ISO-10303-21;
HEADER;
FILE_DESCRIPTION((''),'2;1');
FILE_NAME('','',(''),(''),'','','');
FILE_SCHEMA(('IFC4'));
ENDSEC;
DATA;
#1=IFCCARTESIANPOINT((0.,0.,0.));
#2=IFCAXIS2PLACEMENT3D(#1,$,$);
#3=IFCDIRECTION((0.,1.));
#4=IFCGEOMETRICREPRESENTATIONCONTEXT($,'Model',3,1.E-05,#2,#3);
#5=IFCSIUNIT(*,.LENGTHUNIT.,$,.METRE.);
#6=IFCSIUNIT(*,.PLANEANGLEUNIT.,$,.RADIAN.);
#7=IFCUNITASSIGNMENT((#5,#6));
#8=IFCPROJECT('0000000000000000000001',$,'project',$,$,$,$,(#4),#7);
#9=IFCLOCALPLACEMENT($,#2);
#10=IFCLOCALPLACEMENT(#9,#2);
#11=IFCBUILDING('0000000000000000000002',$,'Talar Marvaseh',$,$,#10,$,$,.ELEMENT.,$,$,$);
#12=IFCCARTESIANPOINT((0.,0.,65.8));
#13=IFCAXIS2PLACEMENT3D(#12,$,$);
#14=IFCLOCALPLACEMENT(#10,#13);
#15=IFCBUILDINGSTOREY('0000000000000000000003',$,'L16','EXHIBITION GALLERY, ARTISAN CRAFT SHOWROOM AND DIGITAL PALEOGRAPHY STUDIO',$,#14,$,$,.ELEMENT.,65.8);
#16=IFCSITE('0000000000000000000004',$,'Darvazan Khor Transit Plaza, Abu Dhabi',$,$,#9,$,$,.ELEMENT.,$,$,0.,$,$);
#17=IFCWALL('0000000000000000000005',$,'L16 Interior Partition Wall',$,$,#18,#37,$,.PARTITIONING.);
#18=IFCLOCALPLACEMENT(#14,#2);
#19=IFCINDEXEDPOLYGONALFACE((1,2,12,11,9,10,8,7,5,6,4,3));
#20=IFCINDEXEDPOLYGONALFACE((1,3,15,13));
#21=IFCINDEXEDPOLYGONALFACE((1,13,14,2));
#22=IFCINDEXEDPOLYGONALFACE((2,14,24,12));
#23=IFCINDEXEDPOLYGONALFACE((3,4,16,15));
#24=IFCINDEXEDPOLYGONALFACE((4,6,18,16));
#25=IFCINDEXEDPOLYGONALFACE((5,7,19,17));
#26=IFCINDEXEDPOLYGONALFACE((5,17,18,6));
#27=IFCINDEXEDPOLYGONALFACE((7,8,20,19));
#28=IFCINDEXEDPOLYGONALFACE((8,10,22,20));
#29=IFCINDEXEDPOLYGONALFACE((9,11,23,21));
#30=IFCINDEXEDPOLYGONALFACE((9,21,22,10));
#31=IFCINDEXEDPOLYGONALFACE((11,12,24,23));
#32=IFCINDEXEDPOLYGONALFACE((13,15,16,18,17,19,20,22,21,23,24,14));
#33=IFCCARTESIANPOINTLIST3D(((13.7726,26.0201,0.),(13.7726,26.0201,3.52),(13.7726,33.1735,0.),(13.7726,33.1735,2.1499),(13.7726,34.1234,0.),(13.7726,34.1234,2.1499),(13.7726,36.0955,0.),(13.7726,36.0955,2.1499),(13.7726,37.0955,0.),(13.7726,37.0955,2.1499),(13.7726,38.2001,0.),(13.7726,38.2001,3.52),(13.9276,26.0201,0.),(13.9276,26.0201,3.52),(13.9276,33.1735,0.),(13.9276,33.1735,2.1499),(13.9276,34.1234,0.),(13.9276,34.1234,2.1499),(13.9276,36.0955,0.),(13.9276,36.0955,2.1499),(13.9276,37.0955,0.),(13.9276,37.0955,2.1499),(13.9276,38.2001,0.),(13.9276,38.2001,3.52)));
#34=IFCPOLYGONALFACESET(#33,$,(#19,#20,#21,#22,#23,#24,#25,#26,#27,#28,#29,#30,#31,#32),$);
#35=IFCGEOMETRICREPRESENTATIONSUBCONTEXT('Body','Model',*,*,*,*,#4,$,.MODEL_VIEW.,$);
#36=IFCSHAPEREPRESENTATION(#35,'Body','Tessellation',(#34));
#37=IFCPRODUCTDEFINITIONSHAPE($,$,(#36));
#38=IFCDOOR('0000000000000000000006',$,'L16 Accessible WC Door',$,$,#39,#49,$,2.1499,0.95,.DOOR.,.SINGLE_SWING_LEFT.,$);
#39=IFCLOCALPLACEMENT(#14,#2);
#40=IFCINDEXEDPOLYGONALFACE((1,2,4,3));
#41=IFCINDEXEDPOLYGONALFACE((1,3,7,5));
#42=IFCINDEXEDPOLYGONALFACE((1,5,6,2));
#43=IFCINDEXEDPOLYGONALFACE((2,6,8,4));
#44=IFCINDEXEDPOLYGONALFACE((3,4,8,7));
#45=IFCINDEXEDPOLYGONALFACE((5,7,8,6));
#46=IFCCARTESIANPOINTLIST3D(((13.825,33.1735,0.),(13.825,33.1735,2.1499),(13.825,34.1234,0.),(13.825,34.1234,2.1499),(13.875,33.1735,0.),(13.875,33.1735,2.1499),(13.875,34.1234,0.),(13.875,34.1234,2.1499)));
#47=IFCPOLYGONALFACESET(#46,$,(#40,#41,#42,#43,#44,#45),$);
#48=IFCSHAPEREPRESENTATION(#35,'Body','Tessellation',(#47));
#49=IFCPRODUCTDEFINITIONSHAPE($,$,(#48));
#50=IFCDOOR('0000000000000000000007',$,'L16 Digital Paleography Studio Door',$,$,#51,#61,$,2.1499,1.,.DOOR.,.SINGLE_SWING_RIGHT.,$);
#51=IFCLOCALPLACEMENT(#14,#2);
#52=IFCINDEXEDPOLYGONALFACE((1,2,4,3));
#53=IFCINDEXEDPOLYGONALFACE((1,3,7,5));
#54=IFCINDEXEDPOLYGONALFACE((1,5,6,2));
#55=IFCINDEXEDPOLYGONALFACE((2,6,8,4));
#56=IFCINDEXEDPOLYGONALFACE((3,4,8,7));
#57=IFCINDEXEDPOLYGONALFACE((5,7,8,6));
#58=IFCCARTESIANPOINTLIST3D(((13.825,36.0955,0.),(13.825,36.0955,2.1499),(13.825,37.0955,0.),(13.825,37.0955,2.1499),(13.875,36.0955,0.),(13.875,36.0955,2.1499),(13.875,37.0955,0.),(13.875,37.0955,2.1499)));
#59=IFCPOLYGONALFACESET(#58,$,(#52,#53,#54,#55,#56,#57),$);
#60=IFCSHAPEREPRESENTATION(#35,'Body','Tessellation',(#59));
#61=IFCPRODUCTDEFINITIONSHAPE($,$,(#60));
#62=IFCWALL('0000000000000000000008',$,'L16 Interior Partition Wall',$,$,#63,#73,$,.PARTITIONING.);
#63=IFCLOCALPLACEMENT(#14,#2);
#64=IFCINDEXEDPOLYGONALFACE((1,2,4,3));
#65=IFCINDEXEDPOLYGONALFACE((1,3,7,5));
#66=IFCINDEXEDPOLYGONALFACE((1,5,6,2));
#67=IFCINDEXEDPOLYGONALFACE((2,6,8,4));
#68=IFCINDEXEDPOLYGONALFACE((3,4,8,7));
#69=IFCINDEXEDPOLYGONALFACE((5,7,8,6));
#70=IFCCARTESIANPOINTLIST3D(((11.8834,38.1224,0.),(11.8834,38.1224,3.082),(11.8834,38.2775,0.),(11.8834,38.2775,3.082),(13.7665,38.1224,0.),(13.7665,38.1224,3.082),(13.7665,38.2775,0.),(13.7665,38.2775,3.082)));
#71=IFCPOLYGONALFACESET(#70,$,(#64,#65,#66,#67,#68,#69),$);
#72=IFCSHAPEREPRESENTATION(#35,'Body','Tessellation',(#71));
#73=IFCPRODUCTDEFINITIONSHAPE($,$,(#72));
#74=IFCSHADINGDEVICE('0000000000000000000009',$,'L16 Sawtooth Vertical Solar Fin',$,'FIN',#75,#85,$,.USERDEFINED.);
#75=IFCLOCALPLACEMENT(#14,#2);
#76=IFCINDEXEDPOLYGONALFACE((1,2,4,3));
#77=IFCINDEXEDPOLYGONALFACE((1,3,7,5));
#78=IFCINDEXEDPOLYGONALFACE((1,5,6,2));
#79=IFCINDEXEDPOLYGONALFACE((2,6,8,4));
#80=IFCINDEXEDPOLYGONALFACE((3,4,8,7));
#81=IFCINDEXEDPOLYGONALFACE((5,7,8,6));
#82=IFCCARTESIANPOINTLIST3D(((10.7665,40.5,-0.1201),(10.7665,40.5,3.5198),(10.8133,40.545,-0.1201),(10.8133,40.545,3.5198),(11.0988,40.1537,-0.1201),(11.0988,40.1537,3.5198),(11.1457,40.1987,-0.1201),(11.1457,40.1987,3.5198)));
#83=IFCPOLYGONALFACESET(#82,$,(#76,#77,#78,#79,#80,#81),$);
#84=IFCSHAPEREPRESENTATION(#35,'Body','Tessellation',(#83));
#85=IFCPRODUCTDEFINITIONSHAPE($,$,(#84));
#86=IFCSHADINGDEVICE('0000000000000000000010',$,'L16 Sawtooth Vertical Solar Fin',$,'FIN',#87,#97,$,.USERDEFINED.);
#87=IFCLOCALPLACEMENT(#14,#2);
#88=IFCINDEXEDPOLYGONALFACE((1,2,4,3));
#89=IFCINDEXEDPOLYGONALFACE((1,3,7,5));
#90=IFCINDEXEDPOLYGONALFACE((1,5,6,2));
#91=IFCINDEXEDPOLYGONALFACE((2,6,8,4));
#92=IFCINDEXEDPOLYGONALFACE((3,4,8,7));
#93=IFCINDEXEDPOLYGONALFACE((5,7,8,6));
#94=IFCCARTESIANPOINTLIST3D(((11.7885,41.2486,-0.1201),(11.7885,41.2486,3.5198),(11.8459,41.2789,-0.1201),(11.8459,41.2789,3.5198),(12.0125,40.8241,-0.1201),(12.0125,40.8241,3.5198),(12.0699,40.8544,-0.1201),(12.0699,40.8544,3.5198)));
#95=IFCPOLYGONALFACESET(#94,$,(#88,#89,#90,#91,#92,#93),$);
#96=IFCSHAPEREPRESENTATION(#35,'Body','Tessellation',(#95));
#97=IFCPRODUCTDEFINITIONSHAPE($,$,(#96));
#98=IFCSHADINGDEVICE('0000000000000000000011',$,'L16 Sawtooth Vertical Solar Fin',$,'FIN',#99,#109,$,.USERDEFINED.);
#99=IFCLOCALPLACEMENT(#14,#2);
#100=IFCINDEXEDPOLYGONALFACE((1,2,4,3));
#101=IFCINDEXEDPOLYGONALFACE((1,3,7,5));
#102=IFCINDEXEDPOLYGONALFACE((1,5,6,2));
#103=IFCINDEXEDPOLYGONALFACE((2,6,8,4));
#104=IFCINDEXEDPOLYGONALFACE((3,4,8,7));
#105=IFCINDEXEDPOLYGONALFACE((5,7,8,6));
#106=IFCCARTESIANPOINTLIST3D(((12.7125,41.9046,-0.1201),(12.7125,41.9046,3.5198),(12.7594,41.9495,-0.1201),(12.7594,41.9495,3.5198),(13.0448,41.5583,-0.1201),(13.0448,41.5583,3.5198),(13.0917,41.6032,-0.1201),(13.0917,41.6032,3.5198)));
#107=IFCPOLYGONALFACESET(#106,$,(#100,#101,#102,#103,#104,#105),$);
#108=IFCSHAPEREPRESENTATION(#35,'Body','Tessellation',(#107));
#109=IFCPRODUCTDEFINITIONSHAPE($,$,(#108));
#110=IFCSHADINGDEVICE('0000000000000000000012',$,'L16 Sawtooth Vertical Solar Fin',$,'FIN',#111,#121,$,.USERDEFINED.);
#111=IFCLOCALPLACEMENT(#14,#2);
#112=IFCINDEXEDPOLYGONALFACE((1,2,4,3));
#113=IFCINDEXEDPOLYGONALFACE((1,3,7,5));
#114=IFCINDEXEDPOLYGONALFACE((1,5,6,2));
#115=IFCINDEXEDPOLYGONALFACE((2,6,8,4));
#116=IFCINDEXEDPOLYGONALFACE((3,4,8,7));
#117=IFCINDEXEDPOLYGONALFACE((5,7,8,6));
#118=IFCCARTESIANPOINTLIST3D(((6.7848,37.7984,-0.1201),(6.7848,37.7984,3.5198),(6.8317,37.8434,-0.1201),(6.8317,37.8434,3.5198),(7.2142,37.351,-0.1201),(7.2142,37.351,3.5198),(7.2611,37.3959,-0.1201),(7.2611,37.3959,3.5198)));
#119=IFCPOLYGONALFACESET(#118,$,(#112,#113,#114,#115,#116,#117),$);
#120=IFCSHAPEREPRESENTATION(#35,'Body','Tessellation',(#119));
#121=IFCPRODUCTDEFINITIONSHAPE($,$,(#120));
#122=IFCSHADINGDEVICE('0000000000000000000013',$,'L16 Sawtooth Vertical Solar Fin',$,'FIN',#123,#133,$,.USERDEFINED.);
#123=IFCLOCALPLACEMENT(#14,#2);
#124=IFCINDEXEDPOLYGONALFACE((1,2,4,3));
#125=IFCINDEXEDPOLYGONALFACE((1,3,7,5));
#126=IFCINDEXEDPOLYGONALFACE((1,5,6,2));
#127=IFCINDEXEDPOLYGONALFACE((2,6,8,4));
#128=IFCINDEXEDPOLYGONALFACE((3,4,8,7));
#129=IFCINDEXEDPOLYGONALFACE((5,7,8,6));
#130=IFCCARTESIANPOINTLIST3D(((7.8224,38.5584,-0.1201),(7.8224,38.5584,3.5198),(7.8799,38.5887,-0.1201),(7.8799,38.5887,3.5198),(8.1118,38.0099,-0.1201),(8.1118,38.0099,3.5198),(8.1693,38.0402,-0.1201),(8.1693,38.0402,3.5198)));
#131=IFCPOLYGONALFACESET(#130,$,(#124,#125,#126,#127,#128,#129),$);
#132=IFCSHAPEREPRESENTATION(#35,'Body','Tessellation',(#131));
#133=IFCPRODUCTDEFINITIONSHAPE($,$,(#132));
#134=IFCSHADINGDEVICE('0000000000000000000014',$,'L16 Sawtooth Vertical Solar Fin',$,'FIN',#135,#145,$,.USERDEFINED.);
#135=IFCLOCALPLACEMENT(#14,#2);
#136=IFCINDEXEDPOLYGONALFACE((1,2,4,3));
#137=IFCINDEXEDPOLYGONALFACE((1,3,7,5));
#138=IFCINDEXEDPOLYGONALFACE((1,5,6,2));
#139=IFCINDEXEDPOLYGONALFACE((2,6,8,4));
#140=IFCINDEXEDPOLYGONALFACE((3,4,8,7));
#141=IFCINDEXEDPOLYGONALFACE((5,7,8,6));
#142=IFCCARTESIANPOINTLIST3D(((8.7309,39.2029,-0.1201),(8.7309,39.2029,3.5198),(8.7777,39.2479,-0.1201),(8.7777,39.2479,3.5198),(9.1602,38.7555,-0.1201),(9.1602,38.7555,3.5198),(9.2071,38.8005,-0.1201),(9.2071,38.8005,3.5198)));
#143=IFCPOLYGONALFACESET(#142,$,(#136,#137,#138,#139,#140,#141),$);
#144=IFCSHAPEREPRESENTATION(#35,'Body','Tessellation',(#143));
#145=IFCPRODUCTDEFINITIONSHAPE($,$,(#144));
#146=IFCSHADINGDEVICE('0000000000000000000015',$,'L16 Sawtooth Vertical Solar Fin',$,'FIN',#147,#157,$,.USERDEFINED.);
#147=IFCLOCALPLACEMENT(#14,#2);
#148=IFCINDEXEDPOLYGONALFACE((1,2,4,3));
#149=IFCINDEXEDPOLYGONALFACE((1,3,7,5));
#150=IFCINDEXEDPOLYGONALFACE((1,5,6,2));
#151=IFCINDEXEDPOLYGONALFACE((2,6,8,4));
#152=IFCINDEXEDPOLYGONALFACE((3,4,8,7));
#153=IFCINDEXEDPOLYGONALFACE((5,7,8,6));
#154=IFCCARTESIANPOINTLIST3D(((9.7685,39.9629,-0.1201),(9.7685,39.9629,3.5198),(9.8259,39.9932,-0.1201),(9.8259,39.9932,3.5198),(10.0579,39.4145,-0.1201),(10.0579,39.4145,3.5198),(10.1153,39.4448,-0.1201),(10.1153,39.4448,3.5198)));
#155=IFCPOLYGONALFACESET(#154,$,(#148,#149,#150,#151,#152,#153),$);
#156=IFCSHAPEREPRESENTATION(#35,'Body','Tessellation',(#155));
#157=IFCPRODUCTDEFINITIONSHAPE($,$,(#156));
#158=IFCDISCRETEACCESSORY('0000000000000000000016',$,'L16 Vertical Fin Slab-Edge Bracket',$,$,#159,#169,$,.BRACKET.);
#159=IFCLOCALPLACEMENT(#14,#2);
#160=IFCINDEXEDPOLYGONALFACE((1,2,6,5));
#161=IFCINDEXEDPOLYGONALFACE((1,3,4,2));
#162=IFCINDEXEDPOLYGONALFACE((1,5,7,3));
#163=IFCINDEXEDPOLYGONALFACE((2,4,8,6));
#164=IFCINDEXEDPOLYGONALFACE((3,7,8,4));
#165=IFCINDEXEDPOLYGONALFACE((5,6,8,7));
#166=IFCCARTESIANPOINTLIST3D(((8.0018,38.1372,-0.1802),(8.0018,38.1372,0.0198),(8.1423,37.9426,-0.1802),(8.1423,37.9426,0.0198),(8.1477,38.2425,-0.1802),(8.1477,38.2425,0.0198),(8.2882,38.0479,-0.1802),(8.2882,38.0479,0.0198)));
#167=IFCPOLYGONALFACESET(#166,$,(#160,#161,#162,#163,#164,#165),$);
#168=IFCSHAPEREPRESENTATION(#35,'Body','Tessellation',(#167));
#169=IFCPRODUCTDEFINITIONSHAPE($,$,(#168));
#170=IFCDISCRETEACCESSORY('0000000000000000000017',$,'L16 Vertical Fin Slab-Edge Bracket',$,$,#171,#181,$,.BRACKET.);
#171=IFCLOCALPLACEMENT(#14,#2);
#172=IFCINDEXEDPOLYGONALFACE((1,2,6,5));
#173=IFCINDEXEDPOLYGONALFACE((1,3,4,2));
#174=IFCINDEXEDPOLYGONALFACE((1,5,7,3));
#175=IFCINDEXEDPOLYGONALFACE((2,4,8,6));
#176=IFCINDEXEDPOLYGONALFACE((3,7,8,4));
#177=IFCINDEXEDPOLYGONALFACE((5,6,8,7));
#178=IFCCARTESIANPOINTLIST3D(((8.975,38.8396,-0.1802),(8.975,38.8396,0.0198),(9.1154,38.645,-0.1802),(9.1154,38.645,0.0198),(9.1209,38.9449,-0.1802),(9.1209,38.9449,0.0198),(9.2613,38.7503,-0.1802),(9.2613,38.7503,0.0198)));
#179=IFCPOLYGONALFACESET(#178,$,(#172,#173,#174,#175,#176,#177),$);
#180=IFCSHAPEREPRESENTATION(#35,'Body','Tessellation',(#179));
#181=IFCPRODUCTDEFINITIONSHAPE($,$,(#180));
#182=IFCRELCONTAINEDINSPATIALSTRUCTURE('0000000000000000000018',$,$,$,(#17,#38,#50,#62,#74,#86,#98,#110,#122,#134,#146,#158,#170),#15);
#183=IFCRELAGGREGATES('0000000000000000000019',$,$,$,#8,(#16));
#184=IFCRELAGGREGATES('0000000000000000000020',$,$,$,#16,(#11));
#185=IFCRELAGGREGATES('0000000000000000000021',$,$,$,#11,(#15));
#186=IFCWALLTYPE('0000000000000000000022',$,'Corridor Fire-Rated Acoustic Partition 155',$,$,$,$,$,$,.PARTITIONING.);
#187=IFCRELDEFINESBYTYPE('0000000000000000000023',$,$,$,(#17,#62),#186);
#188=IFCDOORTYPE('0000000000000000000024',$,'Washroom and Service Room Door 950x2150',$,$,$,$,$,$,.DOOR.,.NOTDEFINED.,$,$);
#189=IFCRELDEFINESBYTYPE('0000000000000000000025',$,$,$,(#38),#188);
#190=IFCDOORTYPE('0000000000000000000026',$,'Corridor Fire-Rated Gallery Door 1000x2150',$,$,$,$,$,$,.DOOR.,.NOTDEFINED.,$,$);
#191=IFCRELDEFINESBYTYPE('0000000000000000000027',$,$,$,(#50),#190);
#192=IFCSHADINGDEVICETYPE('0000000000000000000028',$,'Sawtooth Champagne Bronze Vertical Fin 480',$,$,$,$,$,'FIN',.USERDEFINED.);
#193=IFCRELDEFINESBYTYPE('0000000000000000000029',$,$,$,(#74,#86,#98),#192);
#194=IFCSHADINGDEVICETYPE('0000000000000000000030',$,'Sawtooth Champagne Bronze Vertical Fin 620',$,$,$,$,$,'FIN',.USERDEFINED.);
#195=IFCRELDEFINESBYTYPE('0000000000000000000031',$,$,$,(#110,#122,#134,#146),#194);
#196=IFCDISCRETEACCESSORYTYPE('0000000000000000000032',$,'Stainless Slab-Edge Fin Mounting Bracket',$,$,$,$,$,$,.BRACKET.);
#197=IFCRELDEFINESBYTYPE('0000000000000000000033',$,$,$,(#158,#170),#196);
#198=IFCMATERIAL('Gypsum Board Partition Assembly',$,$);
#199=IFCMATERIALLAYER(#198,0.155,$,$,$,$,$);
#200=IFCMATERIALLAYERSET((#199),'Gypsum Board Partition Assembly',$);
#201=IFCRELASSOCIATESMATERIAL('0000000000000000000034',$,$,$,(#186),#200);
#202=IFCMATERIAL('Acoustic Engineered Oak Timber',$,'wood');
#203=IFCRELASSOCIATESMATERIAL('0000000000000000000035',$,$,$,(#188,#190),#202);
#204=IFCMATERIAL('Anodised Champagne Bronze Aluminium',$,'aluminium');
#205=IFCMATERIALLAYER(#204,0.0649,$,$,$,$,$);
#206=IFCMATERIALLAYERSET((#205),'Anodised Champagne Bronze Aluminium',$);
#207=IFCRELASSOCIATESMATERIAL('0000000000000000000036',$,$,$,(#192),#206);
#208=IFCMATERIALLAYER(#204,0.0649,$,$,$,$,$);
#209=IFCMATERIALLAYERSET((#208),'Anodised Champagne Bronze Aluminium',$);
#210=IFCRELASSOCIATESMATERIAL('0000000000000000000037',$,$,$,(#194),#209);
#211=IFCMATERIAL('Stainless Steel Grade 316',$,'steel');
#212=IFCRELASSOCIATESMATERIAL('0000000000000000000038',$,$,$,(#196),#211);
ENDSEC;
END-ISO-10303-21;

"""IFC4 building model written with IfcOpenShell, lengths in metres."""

from ifc_helpers import new_model, si_unit, direction, frame, frame_2d, origin, origin_2d, place, context, subcontext, project, spatial, rectangle, extrude, source, transform, mapped, material, layer, layer_set, type_object, type_shapes, element, fill, save


model = new_model("IFC4")

# Units and contexts
model_context = context("Model", 3, precision=1e-05, world=origin(), true_north=direction((0.0, 1.0)))
body_context = subcontext(model_context, "Body", "Model", "MODEL_VIEW")
ifc_project = project(units=[si_unit("LENGTHUNIT", "METRE"), si_unit("PLANEANGLEUNIT", "RADIAN")], contexts=[model_context])

# Site, building, storey
site_placement = place(None, origin())
site = spatial("IfcSite", under=ifc_project, at=site_placement, Name="Darvazan Khor Transit Plaza, Abu Dhabi", CompositionType="ELEMENT", RefElevation=0.0)
building_placement = place(site_placement, origin())
building = spatial("IfcBuilding", under=site, at=building_placement, Name="Talar Marvaseh", CompositionType="ELEMENT")
storey_placement = place(building_placement, frame((0.0, 0.0, 65.8)))
storey = spatial("IfcBuildingStorey", under=building, at=storey_placement, Name="L16", Description="EXHIBITION GALLERY, ARTISAN CRAFT SHOWROOM AND DIGITAL PALEOGRAPHY STUDIO", CompositionType="ELEMENT", Elevation=65.8)

# Wall, openings, doors
ifc_material_1 = material(Name="Gypsum Board Partition Assembly")
ifc_layer_1 = layer(ifc_material_1, 0.155)
ifc_layer_set_1 = layer_set([ifc_layer_1], Name="Gypsum Board Partition Assembly")
wall_type = type_object("IfcWallType", Name="Corridor Fire-Rated Acoustic Partition 155", PredefinedType="PARTITIONING", material=ifc_layer_set_1)
wall_1_placement = place(storey_placement, frame((13.8501, 38.2, 0.0), z_axis=(0.0, 0.0, 1.0), x_axis=(0.0, -1.0, 0.0)))
wall_1 = element("IfcWall", 1, at=wall_1_placement, inside=storey, type_object=wall_type, Name="L16 Interior Partition Wall", PredefinedType="PARTITIONING", context=body_context, shape_type="SweptSolid", body=[
    extrude(rectangle(XDim=12.1799, YDim=0.155, at=frame_2d((6.0898, 0.0))), origin(), (0.0, 0.0, 1.0), 3.52),
])
opening_1_placement = place(wall_1_placement, frame((1.1045, 0.0, 0.0)))
opening_1 = element("IfcOpeningElement", 2, at=opening_1_placement, cuts=wall_1, PredefinedType="OPENING", context=body_context, shape_type="SweptSolid", body=[
    extrude(rectangle(XDim=1.0, YDim=2.1499, at=frame_2d((0.5, 1.075))), frame((0.0, 0.0874, 0.0), z_axis=(0.0, -1.0, 0.0), x_axis=(1.0, 0.0, 0.0)), (0.0, 0.0, 1.0), 0.175),
])
opening_2_placement = place(wall_1_placement, frame((4.0764, 0.0, 0.0)))
opening_2 = element("IfcOpeningElement", 3, at=opening_2_placement, cuts=wall_1, PredefinedType="OPENING", context=body_context, shape_type="SweptSolid", body=[
    extrude(rectangle(XDim=0.95, YDim=2.1499, at=frame_2d((0.4751, 1.075))), frame((0.0, 0.0874, 0.0), z_axis=(0.0, -1.0, 0.0), x_axis=(1.0, 0.0, 0.0)), (0.0, 0.0, 1.0), 0.175),
])
ifc_material_2 = material(Name="Acoustic Engineered Oak Timber", Category="wood")
door_type_1 = type_object("IfcDoorType", Name="Washroom and Service Room Door 950x2150", OperationType="NOTDEFINED", PredefinedType="DOOR", material=ifc_material_2)
shared_shape_1 = source(origin(), body_context, "Body", "SweptSolid", [
    extrude(rectangle(XDim=0.95, YDim=2.1499, at=frame_2d((0.4751, 1.075))), frame((0.0, 0.0249, 0.0), z_axis=(0.0, -1.0, 0.0), x_axis=(1.0, 0.0, 0.0)), (0.0, 0.0, 1.0), 0.05),
])
type_shapes(door_type_1, [shared_shape_1])
door_1_placement = place(opening_2_placement, origin())
door_1 = element("IfcDoor", 4, at=door_1_placement, inside=storey, type_object=door_type_1, Name="L16 Accessible WC Door", OperationType="SINGLE_SWING_LEFT", OverallHeight=2.1499, OverallWidth=0.95, PredefinedType="DOOR", context=body_context, shape_type="MappedRepresentation", body=[
    mapped(shared_shape_1, transform((0.0, 0.0, 0.0), x_axis=(1.0, 0.0, 0.0), y_axis=(0.0, 1.0, 0.0), z_axis=(0.0, 0.0, 1.0), scale=1.0)),
])
fill(opening_2, door_1)
door_type_2 = type_object("IfcDoorType", Name="Corridor Fire-Rated Gallery Door 1000x2150", OperationType="NOTDEFINED", PredefinedType="DOOR", material=ifc_material_2)
shared_shape_2 = source(origin(), body_context, "Body", "SweptSolid", [
    extrude(rectangle(XDim=1.0, YDim=2.1499, at=frame_2d((0.5, 1.075))), frame((0.0, 0.0249, 0.0), z_axis=(0.0, -1.0, 0.0), x_axis=(1.0, 0.0, 0.0)), (0.0, 0.0, 1.0), 0.05),
])
type_shapes(door_type_2, [shared_shape_2])
door_2_placement = place(opening_1_placement, origin())
door_2 = element("IfcDoor", 5, at=door_2_placement, inside=storey, type_object=door_type_2, Name="L16 Digital Paleography Studio Door", OperationType="SINGLE_SWING_RIGHT", OverallHeight=2.1499, OverallWidth=1.0, PredefinedType="DOOR", context=body_context, shape_type="MappedRepresentation", body=[
    mapped(shared_shape_2, transform((0.0, 0.0, 0.0), x_axis=(1.0, 0.0, 0.0), y_axis=(0.0, 1.0, 0.0), z_axis=(0.0, 0.0, 1.0), scale=1.0)),
])
fill(opening_1, door_2)

# Wall
wall_2_placement = place(storey_placement, frame((11.8835, 38.2, 0.0), z_axis=(0.0, 0.0, 1.0), x_axis=(1.0, 0.0, 0.0)))
element("IfcWall", 6, at=wall_2_placement, inside=storey, type_object=wall_type, Name="L16 Interior Partition Wall", PredefinedType="PARTITIONING", context=body_context, shape_type="SweptSolid", body=[
    extrude(rectangle(XDim=1.8831, YDim=0.155, at=frame_2d((0.9414, 0.0))), origin(), (0.0, 0.0, 1.0), 3.082),
])

# Shading devices
ifc_material_3 = material(Name="Anodised Champagne Bronze Aluminium", Category="aluminium")
ifc_layer_2 = layer(ifc_material_3, 0.0649)
ifc_layer_set_2 = layer_set([ifc_layer_2], Name="Anodised Champagne Bronze Aluminium")
shading_device_type_1 = type_object("IfcShadingDeviceType", Name="Sawtooth Champagne Bronze Vertical Fin 480", ElementType="FIN", PredefinedType="USERDEFINED", material=ifc_layer_set_2)
shared_shape_3 = source(origin(), body_context, "Body", "SweptSolid", [
    extrude(rectangle(XDim=0.48, YDim=0.0649, at=origin_2d()), origin(), (0.0, 0.0, 1.0), 3.6399),
])
type_shapes(shading_device_type_1, [shared_shape_3])
for number, where, z_axis, x_axis, name in (
    (7, (10.9561, 40.3494, -0.1201), (0.0, 0.0, 1.0), (-0.692395, 0.721519, 0.0), "L16 Sawtooth Vertical Solar Fin"),
    (8, (11.9292, 41.0515, -0.1201), (0.0, 0.0, 1.0), (-0.466695, 0.884418, 0.0), "L16 Sawtooth Vertical Solar Fin"),
    (9, (12.9021, 41.7539, -0.1201), (0.0, 0.0, 1.0), (-0.692395, 0.721519, 0.0), "L16 Sawtooth Vertical Solar Fin"),
):
    element("IfcShadingDevice", number, at=place(storey_placement, frame(where, z_axis=z_axis, x_axis=x_axis)), inside=storey, type_object=shading_device_type_1, Name=name, ObjectType="FIN", PredefinedType="USERDEFINED", context=body_context, shape_type="MappedRepresentation", body=[
        mapped(shared_shape_3, transform((0.0, 0.0, 0.0), x_axis=(1.0, 0.0, 0.0), y_axis=(0.0, 1.0, 0.0), z_axis=(0.0, 0.0, 1.0), scale=1.0)),
    ])
ifc_layer_3 = layer(ifc_material_3, 0.0649)
ifc_layer_set_3 = layer_set([ifc_layer_3], Name="Anodised Champagne Bronze Aluminium")
shading_device_type_2 = type_object("IfcShadingDeviceType", Name="Sawtooth Champagne Bronze Vertical Fin 620", ElementType="FIN", PredefinedType="USERDEFINED", material=ifc_layer_set_3)
shared_shape_4 = source(origin(), body_context, "Body", "SweptSolid", [
    extrude(rectangle(XDim=0.6201, YDim=0.0649, at=origin_2d()), origin(), (0.0, 0.0, 1.0), 3.6399),
])
type_shapes(shading_device_type_2, [shared_shape_4])
for number, where, z_axis, x_axis, name in (
    (10, (7.0229, 37.5972, -0.1201), (0.0, 0.0, 1.0), (-0.692395, 0.721519, 0.0), "L16 Sawtooth Vertical Solar Fin"),
    (11, (7.9958, 38.2993, -0.1201), (0.0, 0.0, 1.0), (-0.466695, 0.884418, 0.0), "L16 Sawtooth Vertical Solar Fin"),
    (12, (8.969, 39.0017, -0.1201), (0.0, 0.0, 1.0), (-0.692395, 0.721519, 0.0), "L16 Sawtooth Vertical Solar Fin"),
    (13, (9.9419, 39.7039, -0.1201), (0.0, 0.0, 1.0), (-0.466695, 0.884418, 0.0), "L16 Sawtooth Vertical Solar Fin"),
):
    element("IfcShadingDevice", number, at=place(storey_placement, frame(where, z_axis=z_axis, x_axis=x_axis)), inside=storey, type_object=shading_device_type_2, Name=name, ObjectType="FIN", PredefinedType="USERDEFINED", context=body_context, shape_type="MappedRepresentation", body=[
        mapped(shared_shape_4, transform((0.0, 0.0, 0.0), x_axis=(1.0, 0.0, 0.0), y_axis=(0.0, 1.0, 0.0), z_axis=(0.0, 0.0, 1.0), scale=1.0)),
    ])

# Discrete accessories
ifc_material_4 = material(Name="Stainless Steel Grade 316", Category="steel")
discrete_accessory_type = type_object("IfcDiscreteAccessoryType", Name="Stainless Slab-Edge Fin Mounting Bracket", PredefinedType="BRACKET", material=ifc_material_4)
shared_shape_5 = source(origin(), body_context, "Body", "SweptSolid", [
    extrude(rectangle(XDim=0.24, YDim=0.1799, at=origin_2d()), origin(), (0.0, 0.0, 1.0), 0.2),
])
type_shapes(discrete_accessory_type, [shared_shape_5])
for number, where, z_axis, x_axis, name in (
    (14, (8.145, 38.0925, -0.1802), (0.0, 0.0, 1.0), (-0.585241, 0.81086, 0.0), "L16 Vertical Fin Slab-Edge Bracket"),
    (15, (9.1182, 38.7949, -0.1802), (0.0, 0.0, 1.0), (-0.585241, 0.81086, 0.0), "L16 Vertical Fin Slab-Edge Bracket"),
):
    element("IfcDiscreteAccessory", number, at=place(storey_placement, frame(where, z_axis=z_axis, x_axis=x_axis)), inside=storey, type_object=discrete_accessory_type, Name=name, PredefinedType="BRACKET", context=body_context, shape_type="MappedRepresentation", body=[
        mapped(shared_shape_5, transform((0.0, 0.0, 0.0), x_axis=(1.0, 0.0, 0.0), y_axis=(0.0, 1.0, 0.0), z_axis=(0.0, 0.0, 1.0), scale=1.0)),
    ])

save(model, "model.ifc")
